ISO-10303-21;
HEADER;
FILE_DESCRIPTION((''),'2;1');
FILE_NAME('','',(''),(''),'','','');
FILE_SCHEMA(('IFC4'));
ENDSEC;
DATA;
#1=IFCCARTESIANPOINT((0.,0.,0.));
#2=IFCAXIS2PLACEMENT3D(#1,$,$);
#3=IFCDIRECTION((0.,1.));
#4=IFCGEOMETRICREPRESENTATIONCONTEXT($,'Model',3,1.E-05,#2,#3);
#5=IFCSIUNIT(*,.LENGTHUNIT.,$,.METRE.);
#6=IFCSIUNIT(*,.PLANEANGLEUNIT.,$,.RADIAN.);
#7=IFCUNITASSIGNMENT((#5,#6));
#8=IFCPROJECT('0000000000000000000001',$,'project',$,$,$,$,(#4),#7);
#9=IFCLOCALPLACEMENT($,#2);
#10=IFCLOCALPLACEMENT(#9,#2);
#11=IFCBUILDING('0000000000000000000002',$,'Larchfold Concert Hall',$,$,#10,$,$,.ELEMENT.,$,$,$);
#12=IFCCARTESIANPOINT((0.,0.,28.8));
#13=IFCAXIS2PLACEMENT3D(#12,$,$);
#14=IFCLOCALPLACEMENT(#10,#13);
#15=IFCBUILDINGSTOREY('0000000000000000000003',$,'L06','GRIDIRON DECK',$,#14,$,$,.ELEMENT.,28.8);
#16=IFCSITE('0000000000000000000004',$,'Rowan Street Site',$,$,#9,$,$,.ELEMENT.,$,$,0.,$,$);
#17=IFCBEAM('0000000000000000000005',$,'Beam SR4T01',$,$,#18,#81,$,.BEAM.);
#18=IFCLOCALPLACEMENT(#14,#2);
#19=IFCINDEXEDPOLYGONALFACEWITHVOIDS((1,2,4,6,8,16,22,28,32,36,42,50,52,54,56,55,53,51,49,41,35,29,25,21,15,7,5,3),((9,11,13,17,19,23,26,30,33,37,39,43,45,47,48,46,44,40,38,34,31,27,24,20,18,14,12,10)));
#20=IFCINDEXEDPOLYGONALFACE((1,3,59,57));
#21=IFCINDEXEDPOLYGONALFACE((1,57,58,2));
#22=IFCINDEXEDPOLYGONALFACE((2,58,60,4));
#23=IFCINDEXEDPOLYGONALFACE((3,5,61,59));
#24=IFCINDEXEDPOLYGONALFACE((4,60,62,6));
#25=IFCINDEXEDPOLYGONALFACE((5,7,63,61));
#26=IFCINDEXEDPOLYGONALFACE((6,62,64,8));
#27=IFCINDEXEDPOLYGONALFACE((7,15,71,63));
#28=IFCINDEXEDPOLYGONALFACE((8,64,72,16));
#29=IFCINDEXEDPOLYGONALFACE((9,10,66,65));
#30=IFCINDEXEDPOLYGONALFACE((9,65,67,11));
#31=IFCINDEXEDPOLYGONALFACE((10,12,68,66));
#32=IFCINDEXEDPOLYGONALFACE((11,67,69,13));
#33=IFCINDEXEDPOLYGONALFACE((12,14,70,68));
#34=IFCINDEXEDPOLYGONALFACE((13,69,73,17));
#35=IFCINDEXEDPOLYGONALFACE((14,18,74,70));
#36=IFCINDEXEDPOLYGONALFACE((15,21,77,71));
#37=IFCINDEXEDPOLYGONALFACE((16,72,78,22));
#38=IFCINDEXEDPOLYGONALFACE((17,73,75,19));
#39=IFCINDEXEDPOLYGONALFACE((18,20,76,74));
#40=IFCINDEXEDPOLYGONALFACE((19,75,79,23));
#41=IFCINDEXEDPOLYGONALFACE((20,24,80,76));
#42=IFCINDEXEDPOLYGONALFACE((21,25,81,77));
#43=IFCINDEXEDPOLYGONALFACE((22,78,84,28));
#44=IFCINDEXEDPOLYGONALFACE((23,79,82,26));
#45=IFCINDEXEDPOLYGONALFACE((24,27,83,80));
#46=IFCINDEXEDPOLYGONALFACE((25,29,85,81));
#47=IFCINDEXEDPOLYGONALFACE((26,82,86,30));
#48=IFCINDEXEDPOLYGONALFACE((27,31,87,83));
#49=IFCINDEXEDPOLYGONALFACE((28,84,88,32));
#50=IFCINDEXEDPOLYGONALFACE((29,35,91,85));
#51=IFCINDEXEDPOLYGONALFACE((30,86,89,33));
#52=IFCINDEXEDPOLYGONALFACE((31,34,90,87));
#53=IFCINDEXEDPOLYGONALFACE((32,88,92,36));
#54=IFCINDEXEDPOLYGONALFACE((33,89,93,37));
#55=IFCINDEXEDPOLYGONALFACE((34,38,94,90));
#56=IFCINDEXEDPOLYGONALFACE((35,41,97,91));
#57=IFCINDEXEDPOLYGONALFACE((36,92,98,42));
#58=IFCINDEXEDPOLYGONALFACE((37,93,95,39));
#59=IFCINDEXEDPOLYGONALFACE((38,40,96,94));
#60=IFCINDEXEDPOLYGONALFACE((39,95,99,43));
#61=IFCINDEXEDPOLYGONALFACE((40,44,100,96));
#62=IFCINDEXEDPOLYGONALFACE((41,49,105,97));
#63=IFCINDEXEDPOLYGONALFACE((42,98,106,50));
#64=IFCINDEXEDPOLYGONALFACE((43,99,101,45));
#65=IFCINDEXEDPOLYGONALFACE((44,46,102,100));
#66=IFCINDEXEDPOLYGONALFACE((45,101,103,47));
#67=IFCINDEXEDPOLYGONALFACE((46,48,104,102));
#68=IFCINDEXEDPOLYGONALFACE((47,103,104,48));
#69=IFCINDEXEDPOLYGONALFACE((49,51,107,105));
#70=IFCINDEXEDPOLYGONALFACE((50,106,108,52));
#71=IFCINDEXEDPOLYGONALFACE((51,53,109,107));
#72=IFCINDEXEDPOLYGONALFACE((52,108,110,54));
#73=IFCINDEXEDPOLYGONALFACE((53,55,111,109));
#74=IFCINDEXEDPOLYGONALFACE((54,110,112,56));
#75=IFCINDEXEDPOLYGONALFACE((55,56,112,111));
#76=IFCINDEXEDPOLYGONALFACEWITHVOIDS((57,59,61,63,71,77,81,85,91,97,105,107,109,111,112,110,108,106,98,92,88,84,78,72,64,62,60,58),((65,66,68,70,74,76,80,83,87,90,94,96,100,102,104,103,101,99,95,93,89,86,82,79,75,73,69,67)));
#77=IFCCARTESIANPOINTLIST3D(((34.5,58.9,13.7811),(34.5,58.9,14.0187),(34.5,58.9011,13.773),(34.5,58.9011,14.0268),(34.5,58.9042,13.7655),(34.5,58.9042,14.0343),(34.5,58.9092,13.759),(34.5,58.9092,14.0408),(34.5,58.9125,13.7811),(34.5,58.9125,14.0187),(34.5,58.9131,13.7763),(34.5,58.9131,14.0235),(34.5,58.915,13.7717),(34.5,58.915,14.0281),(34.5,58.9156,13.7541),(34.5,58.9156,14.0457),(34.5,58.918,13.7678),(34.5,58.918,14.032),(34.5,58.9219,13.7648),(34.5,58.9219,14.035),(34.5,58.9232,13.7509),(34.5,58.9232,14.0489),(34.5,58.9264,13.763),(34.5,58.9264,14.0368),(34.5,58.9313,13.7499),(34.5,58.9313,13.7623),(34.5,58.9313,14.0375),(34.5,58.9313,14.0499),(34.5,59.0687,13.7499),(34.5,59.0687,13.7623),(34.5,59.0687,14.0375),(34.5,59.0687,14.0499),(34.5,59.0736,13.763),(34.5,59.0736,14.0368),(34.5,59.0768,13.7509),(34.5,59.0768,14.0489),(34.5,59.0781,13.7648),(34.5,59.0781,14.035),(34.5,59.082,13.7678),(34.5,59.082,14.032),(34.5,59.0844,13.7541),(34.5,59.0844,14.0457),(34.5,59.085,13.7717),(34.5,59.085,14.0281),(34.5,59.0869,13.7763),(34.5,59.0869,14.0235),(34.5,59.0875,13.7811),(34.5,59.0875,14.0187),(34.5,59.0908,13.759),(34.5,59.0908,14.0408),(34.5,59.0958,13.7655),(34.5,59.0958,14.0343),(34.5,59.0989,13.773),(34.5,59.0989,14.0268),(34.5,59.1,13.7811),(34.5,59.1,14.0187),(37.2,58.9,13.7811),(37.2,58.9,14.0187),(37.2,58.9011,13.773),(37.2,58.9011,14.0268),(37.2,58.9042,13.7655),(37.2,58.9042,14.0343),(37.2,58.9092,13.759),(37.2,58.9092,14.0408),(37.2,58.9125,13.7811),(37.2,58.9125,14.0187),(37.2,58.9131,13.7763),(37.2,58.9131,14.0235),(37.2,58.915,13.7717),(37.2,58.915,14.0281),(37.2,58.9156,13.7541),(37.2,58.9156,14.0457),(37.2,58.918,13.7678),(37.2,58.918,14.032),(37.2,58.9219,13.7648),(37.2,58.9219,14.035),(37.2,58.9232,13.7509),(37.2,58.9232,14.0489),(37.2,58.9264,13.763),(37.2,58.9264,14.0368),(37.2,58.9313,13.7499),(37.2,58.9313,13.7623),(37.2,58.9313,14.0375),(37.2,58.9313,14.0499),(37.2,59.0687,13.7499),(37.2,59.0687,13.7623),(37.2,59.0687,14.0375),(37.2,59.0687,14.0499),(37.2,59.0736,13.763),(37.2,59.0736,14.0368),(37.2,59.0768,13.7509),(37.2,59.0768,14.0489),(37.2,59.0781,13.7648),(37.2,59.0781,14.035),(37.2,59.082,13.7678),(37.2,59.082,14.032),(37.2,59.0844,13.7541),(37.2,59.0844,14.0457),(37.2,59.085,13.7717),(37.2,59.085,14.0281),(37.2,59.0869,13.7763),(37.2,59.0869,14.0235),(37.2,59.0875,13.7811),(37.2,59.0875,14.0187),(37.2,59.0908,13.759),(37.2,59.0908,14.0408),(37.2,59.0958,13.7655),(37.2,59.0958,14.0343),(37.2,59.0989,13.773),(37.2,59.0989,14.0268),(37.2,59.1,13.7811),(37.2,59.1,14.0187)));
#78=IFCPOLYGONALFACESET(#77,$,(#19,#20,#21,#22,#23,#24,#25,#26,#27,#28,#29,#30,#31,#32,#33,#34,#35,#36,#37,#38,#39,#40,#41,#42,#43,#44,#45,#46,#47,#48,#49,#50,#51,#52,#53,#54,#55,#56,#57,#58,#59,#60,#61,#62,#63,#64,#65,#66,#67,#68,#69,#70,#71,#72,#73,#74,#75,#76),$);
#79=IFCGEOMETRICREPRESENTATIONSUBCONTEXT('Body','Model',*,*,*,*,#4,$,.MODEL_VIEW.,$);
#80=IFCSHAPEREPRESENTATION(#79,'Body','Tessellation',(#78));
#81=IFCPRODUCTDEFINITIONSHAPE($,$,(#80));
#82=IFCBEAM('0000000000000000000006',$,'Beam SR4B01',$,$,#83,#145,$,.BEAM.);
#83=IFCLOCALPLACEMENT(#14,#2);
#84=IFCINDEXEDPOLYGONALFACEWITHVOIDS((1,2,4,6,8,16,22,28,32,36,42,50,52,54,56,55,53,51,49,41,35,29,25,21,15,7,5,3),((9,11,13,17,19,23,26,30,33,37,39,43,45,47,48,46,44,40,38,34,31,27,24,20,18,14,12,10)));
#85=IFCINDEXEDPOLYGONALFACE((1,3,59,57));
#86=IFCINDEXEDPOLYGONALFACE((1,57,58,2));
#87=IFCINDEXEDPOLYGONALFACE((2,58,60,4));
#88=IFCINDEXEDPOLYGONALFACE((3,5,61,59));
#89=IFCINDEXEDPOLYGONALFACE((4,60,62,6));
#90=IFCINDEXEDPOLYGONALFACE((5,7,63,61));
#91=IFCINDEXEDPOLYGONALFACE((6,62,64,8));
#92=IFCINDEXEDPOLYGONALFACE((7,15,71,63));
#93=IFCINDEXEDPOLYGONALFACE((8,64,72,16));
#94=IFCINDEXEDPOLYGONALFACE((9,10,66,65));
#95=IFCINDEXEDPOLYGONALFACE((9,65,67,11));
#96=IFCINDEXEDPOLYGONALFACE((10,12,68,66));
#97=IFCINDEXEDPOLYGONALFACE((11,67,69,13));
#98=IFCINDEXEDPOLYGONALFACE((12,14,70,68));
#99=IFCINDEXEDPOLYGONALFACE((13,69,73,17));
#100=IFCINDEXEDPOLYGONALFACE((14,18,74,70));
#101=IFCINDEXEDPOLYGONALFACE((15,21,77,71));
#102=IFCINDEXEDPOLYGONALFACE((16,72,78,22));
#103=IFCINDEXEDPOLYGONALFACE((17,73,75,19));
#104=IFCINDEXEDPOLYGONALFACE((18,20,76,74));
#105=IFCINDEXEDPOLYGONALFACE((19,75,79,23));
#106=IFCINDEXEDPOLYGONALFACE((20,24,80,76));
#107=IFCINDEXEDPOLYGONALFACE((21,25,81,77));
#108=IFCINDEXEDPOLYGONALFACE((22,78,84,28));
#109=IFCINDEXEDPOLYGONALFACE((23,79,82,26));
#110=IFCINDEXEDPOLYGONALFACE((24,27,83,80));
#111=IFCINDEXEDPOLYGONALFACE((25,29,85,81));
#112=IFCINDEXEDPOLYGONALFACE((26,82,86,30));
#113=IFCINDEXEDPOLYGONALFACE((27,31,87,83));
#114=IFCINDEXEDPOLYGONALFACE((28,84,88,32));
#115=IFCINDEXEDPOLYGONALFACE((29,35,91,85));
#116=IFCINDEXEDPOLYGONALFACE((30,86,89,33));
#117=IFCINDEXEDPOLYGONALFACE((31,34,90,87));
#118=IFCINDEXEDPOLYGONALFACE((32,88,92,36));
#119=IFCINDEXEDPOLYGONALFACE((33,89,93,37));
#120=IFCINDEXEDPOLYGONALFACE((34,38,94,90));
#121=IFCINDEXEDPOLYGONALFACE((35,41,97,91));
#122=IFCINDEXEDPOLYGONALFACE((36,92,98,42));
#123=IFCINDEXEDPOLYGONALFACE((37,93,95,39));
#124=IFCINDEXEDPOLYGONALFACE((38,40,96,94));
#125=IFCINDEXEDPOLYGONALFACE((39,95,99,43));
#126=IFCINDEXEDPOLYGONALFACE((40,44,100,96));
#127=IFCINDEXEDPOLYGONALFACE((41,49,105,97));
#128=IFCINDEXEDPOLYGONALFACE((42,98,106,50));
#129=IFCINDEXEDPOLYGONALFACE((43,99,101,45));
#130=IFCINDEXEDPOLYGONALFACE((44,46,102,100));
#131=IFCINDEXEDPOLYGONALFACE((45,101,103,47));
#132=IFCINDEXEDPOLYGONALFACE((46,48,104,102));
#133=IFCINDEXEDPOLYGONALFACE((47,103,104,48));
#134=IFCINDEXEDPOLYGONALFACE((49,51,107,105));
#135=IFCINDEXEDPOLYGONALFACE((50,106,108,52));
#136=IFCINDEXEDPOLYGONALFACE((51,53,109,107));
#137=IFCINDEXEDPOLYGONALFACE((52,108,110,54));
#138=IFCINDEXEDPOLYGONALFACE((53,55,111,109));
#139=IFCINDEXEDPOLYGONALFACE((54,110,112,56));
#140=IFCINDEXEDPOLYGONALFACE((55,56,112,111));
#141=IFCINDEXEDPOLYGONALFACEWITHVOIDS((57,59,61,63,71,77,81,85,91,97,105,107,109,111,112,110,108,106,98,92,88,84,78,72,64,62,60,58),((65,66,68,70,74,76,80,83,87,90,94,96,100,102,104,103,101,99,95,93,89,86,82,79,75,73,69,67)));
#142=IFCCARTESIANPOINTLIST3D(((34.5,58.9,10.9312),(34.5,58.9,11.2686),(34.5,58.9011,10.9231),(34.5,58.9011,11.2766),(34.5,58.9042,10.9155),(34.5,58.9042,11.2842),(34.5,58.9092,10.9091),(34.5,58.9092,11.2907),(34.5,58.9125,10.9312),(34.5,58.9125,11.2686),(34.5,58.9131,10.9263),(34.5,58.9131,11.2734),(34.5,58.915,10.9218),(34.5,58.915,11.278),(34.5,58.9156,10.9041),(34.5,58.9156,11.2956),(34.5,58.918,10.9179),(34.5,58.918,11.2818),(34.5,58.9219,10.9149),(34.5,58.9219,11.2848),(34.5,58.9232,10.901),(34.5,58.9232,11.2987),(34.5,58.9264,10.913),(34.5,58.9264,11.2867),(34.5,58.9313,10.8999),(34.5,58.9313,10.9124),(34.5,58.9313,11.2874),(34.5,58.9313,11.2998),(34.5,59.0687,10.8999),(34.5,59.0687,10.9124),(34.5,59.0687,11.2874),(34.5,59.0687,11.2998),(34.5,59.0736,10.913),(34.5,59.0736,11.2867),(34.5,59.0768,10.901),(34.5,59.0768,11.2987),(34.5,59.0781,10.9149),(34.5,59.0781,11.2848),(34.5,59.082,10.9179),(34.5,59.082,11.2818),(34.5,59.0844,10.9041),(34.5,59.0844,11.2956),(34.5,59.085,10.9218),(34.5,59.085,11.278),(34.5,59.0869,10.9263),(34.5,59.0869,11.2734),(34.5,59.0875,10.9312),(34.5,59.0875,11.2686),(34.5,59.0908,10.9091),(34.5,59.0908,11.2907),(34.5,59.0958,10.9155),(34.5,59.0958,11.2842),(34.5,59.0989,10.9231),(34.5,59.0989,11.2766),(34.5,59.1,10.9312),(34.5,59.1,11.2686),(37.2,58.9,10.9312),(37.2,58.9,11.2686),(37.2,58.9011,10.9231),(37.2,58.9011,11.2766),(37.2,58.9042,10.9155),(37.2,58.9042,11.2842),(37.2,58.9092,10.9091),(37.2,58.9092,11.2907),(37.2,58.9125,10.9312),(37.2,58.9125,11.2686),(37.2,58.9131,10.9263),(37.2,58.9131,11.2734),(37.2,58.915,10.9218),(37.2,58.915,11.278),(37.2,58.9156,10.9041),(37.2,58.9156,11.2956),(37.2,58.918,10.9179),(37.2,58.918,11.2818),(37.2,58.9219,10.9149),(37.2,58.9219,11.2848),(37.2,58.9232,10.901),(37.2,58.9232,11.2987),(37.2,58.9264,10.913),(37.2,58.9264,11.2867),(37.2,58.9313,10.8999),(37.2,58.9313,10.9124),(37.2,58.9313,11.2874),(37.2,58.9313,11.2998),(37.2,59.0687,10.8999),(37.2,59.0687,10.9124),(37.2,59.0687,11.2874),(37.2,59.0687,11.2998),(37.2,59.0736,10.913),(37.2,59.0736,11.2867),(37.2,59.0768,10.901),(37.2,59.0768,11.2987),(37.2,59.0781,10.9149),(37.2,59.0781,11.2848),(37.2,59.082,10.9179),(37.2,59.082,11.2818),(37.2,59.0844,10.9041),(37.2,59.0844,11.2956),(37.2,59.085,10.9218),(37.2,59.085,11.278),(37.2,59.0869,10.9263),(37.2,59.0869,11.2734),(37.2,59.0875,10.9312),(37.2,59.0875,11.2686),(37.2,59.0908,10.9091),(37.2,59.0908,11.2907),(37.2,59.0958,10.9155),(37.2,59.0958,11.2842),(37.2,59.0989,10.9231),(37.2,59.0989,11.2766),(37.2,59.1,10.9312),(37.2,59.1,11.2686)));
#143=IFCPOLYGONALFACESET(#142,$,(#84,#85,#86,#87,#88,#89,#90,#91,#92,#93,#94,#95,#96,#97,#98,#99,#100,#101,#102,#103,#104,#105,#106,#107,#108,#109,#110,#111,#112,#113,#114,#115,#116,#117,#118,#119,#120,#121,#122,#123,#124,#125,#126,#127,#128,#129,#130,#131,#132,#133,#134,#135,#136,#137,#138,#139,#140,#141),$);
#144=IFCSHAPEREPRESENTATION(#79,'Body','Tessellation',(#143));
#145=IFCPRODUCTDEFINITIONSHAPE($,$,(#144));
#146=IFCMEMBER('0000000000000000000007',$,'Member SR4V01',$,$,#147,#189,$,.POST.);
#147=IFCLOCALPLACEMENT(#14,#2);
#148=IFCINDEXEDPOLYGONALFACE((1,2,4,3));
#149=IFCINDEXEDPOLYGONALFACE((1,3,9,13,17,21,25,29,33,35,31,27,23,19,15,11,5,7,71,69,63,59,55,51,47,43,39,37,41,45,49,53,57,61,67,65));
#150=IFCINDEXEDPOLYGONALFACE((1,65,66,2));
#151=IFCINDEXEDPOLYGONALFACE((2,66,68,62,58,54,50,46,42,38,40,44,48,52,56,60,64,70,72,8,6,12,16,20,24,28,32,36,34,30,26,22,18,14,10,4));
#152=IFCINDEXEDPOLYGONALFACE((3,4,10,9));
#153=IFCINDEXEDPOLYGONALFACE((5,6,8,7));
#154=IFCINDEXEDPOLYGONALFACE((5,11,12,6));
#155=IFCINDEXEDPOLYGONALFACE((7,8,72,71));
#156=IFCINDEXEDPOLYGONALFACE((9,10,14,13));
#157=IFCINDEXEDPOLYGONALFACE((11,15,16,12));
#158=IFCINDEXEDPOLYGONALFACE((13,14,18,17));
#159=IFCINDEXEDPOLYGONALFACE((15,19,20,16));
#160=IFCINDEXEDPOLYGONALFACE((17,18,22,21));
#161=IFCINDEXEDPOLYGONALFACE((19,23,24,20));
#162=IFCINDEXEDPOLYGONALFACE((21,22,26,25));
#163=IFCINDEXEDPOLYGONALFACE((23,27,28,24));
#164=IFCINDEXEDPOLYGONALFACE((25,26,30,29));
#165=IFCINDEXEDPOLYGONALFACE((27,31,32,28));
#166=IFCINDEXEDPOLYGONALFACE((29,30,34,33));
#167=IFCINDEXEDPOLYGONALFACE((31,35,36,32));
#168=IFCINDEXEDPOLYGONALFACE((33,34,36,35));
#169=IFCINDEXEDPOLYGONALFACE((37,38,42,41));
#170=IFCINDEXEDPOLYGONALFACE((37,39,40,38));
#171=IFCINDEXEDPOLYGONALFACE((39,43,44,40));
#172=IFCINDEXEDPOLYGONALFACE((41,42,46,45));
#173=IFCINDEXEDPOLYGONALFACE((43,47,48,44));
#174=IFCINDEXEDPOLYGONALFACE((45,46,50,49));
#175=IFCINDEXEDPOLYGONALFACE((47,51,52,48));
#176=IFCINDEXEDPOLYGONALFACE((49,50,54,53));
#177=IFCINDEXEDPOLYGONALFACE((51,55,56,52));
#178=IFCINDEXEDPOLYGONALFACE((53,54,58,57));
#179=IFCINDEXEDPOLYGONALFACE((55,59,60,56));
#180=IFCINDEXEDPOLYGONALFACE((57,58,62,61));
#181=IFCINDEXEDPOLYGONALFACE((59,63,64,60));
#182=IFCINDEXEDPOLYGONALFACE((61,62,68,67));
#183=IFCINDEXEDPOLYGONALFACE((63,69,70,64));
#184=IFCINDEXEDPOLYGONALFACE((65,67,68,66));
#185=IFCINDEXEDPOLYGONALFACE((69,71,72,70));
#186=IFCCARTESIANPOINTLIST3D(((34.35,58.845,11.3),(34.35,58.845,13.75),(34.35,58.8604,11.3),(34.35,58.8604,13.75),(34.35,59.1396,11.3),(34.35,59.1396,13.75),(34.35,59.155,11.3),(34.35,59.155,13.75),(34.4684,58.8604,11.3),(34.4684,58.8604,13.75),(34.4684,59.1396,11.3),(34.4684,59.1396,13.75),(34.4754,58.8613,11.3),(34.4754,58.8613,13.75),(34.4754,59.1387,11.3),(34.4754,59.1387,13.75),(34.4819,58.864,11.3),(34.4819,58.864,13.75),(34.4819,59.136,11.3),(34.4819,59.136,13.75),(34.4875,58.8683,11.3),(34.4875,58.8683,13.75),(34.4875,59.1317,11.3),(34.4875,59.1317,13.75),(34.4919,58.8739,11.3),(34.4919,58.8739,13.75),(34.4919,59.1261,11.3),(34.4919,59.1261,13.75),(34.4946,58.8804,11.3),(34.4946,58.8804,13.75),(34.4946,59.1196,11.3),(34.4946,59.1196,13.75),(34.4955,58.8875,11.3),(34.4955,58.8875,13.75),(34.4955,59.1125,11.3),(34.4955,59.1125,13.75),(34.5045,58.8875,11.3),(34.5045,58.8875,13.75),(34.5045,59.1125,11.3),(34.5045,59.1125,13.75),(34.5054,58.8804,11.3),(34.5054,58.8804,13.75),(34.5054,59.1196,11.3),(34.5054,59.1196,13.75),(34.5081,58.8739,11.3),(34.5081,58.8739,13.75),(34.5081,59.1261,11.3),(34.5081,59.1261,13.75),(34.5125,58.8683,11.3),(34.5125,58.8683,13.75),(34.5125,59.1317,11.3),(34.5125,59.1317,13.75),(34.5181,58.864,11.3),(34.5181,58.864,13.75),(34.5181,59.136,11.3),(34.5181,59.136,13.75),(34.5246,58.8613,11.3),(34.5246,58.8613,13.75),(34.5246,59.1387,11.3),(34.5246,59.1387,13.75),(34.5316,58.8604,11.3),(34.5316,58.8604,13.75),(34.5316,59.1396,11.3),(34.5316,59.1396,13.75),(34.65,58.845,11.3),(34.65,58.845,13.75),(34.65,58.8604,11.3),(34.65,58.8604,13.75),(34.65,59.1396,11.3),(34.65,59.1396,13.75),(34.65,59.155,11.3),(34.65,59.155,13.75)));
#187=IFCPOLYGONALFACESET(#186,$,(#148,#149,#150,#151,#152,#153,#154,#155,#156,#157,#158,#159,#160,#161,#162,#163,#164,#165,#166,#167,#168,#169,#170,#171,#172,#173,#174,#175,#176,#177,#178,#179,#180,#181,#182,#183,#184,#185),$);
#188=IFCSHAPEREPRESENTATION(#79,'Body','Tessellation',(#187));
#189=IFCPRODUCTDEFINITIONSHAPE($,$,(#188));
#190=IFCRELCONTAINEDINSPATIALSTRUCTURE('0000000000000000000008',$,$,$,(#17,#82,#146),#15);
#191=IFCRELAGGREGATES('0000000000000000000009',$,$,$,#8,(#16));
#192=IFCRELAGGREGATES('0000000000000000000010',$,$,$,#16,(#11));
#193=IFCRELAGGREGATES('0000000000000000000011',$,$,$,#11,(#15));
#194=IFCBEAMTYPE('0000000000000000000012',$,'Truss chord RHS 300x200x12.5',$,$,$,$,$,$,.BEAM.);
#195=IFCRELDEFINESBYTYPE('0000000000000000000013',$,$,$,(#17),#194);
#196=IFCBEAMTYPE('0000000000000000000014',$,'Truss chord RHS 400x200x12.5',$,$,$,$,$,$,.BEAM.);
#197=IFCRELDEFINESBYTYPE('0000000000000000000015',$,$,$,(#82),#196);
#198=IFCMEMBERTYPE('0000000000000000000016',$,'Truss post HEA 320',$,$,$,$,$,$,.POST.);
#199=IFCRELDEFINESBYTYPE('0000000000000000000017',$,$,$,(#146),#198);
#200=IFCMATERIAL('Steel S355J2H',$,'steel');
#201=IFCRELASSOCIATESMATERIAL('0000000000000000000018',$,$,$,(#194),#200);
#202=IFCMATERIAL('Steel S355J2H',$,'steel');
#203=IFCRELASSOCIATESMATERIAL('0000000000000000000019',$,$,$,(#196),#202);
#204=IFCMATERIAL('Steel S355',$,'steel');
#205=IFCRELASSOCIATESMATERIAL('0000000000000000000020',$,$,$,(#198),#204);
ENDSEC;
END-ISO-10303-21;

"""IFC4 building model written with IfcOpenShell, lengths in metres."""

from ifc_helpers import new_model, si_unit, direction, frame, origin, origin_2d, place, context, subcontext, project, spatial, hollow_rectangle, i_section, extrude, material, material_profile, profile_set, type_object, element, save


model = new_model("IFC4")

# Units and contexts
model_context = context("Model", 3, precision=1e-05, world=origin(), true_north=direction((0.0, 1.0)))
body_context = subcontext(model_context, "Body", "Model", "MODEL_VIEW")
ifc_project = project(units=[si_unit("LENGTHUNIT", "METRE"), si_unit("PLANEANGLEUNIT", "RADIAN")], contexts=[model_context])

# Site, building, storey
site_placement = place(None, origin())
site = spatial("IfcSite", under=ifc_project, at=site_placement, Name="Rowan Street Site", CompositionType="ELEMENT", RefElevation=0.0)
building_placement = place(site_placement, origin())
building = spatial("IfcBuilding", under=site, at=building_placement, Name="Larchfold Concert Hall", CompositionType="ELEMENT")
storey_placement = place(building_placement, frame((0.0, 0.0, 28.8)))
storey = spatial("IfcBuildingStorey", under=building, at=storey_placement, Name="L06", Description="GRIDIRON DECK", CompositionType="ELEMENT", Elevation=28.8)

# Beams
ifc_material_1 = material(Name="Steel S355J2H", Category="steel")
ifc_material_profile_1 = material_profile(ifc_material_1, hollow_rectangle(XDim=0.2, YDim=0.3, WallThickness=0.0125, InnerFilletRadius=0.0188, OuterFilletRadius=0.0312, at=origin_2d()))
ifc_profile_set_1 = profile_set([ifc_material_profile_1], Name="Steel S355J2H")
beam_type_1 = type_object("IfcBeamType", Name="Truss chord RHS 300x200x12.5", PredefinedType="BEAM", material=ifc_profile_set_1)
beam_1_placement = place(storey_placement, frame((34.5, 59.0, 13.8999), z_axis=(1.0, 0.0, 0.0), x_axis=(0.0, 1.0, 0.0)))
element("IfcBeam", 1, at=beam_1_placement, inside=storey, type_object=beam_type_1, Name="Beam SR4T01", PredefinedType="BEAM", context=body_context, shape_type="SweptSolid", body=[
    extrude(hollow_rectangle(XDim=0.2, YDim=0.3, WallThickness=0.0125, InnerFilletRadius=0.0188, OuterFilletRadius=0.0312, at=origin_2d()), origin(), (0.0, 0.0, 1.0), 2.7),
])
ifc_material_2 = material(Name="Steel S355J2H", Category="steel")
ifc_material_profile_2 = material_profile(ifc_material_2, hollow_rectangle(XDim=0.2, YDim=0.3999, WallThickness=0.0125, InnerFilletRadius=0.0188, OuterFilletRadius=0.0312, at=origin_2d()))
ifc_profile_set_2 = profile_set([ifc_material_profile_2], Name="Steel S355J2H")
beam_type_2 = type_object("IfcBeamType", Name="Truss chord RHS 400x200x12.5", PredefinedType="BEAM", material=ifc_profile_set_2)
beam_2_placement = place(storey_placement, frame((34.5, 59.0, 11.0999), z_axis=(1.0, 0.0, 0.0), x_axis=(0.0, 1.0, 0.0)))
element("IfcBeam", 2, at=beam_2_placement, inside=storey, type_object=beam_type_2, Name="Beam SR4B01", PredefinedType="BEAM", context=body_context, shape_type="SweptSolid", body=[
    extrude(hollow_rectangle(XDim=0.2, YDim=0.3999, WallThickness=0.0125, InnerFilletRadius=0.0188, OuterFilletRadius=0.0312, at=origin_2d()), origin(), (0.0, 0.0, 1.0), 2.7),
])

# Member
ifc_material_3 = material(Name="Steel S355", Category="steel")
ifc_material_profile_3 = material_profile(ifc_material_3, i_section(OverallWidth=0.3, OverallDepth=0.3101, WebThickness=0.009, FlangeThickness=0.0154, FilletRadius=0.0271, at=origin_2d()))
ifc_profile_set_3 = profile_set([ifc_material_profile_3], Name="Steel S355")
member_type_1 = type_object("IfcMemberType", Name="Truss post HEA 320", PredefinedType="POST", material=ifc_profile_set_3)
member_1_placement = place(storey_placement, frame((34.5, 59.0, 11.3), z_axis=(0.0, 0.0, 1.0), x_axis=(1.0, 0.0, 0.0)))
element("IfcMember", 3, at=member_1_placement, inside=storey, type_object=member_type_1, Name="Member SR4V01", PredefinedType="POST", context=body_context, shape_type="SweptSolid", body=[
    extrude(i_section(OverallWidth=0.3, OverallDepth=0.3101, WebThickness=0.009, FlangeThickness=0.0154, FilletRadius=0.0271, at=origin_2d()), origin(), (0.0, 0.0, 1.0), 2.45),
])

save(model, "model.ifc")
